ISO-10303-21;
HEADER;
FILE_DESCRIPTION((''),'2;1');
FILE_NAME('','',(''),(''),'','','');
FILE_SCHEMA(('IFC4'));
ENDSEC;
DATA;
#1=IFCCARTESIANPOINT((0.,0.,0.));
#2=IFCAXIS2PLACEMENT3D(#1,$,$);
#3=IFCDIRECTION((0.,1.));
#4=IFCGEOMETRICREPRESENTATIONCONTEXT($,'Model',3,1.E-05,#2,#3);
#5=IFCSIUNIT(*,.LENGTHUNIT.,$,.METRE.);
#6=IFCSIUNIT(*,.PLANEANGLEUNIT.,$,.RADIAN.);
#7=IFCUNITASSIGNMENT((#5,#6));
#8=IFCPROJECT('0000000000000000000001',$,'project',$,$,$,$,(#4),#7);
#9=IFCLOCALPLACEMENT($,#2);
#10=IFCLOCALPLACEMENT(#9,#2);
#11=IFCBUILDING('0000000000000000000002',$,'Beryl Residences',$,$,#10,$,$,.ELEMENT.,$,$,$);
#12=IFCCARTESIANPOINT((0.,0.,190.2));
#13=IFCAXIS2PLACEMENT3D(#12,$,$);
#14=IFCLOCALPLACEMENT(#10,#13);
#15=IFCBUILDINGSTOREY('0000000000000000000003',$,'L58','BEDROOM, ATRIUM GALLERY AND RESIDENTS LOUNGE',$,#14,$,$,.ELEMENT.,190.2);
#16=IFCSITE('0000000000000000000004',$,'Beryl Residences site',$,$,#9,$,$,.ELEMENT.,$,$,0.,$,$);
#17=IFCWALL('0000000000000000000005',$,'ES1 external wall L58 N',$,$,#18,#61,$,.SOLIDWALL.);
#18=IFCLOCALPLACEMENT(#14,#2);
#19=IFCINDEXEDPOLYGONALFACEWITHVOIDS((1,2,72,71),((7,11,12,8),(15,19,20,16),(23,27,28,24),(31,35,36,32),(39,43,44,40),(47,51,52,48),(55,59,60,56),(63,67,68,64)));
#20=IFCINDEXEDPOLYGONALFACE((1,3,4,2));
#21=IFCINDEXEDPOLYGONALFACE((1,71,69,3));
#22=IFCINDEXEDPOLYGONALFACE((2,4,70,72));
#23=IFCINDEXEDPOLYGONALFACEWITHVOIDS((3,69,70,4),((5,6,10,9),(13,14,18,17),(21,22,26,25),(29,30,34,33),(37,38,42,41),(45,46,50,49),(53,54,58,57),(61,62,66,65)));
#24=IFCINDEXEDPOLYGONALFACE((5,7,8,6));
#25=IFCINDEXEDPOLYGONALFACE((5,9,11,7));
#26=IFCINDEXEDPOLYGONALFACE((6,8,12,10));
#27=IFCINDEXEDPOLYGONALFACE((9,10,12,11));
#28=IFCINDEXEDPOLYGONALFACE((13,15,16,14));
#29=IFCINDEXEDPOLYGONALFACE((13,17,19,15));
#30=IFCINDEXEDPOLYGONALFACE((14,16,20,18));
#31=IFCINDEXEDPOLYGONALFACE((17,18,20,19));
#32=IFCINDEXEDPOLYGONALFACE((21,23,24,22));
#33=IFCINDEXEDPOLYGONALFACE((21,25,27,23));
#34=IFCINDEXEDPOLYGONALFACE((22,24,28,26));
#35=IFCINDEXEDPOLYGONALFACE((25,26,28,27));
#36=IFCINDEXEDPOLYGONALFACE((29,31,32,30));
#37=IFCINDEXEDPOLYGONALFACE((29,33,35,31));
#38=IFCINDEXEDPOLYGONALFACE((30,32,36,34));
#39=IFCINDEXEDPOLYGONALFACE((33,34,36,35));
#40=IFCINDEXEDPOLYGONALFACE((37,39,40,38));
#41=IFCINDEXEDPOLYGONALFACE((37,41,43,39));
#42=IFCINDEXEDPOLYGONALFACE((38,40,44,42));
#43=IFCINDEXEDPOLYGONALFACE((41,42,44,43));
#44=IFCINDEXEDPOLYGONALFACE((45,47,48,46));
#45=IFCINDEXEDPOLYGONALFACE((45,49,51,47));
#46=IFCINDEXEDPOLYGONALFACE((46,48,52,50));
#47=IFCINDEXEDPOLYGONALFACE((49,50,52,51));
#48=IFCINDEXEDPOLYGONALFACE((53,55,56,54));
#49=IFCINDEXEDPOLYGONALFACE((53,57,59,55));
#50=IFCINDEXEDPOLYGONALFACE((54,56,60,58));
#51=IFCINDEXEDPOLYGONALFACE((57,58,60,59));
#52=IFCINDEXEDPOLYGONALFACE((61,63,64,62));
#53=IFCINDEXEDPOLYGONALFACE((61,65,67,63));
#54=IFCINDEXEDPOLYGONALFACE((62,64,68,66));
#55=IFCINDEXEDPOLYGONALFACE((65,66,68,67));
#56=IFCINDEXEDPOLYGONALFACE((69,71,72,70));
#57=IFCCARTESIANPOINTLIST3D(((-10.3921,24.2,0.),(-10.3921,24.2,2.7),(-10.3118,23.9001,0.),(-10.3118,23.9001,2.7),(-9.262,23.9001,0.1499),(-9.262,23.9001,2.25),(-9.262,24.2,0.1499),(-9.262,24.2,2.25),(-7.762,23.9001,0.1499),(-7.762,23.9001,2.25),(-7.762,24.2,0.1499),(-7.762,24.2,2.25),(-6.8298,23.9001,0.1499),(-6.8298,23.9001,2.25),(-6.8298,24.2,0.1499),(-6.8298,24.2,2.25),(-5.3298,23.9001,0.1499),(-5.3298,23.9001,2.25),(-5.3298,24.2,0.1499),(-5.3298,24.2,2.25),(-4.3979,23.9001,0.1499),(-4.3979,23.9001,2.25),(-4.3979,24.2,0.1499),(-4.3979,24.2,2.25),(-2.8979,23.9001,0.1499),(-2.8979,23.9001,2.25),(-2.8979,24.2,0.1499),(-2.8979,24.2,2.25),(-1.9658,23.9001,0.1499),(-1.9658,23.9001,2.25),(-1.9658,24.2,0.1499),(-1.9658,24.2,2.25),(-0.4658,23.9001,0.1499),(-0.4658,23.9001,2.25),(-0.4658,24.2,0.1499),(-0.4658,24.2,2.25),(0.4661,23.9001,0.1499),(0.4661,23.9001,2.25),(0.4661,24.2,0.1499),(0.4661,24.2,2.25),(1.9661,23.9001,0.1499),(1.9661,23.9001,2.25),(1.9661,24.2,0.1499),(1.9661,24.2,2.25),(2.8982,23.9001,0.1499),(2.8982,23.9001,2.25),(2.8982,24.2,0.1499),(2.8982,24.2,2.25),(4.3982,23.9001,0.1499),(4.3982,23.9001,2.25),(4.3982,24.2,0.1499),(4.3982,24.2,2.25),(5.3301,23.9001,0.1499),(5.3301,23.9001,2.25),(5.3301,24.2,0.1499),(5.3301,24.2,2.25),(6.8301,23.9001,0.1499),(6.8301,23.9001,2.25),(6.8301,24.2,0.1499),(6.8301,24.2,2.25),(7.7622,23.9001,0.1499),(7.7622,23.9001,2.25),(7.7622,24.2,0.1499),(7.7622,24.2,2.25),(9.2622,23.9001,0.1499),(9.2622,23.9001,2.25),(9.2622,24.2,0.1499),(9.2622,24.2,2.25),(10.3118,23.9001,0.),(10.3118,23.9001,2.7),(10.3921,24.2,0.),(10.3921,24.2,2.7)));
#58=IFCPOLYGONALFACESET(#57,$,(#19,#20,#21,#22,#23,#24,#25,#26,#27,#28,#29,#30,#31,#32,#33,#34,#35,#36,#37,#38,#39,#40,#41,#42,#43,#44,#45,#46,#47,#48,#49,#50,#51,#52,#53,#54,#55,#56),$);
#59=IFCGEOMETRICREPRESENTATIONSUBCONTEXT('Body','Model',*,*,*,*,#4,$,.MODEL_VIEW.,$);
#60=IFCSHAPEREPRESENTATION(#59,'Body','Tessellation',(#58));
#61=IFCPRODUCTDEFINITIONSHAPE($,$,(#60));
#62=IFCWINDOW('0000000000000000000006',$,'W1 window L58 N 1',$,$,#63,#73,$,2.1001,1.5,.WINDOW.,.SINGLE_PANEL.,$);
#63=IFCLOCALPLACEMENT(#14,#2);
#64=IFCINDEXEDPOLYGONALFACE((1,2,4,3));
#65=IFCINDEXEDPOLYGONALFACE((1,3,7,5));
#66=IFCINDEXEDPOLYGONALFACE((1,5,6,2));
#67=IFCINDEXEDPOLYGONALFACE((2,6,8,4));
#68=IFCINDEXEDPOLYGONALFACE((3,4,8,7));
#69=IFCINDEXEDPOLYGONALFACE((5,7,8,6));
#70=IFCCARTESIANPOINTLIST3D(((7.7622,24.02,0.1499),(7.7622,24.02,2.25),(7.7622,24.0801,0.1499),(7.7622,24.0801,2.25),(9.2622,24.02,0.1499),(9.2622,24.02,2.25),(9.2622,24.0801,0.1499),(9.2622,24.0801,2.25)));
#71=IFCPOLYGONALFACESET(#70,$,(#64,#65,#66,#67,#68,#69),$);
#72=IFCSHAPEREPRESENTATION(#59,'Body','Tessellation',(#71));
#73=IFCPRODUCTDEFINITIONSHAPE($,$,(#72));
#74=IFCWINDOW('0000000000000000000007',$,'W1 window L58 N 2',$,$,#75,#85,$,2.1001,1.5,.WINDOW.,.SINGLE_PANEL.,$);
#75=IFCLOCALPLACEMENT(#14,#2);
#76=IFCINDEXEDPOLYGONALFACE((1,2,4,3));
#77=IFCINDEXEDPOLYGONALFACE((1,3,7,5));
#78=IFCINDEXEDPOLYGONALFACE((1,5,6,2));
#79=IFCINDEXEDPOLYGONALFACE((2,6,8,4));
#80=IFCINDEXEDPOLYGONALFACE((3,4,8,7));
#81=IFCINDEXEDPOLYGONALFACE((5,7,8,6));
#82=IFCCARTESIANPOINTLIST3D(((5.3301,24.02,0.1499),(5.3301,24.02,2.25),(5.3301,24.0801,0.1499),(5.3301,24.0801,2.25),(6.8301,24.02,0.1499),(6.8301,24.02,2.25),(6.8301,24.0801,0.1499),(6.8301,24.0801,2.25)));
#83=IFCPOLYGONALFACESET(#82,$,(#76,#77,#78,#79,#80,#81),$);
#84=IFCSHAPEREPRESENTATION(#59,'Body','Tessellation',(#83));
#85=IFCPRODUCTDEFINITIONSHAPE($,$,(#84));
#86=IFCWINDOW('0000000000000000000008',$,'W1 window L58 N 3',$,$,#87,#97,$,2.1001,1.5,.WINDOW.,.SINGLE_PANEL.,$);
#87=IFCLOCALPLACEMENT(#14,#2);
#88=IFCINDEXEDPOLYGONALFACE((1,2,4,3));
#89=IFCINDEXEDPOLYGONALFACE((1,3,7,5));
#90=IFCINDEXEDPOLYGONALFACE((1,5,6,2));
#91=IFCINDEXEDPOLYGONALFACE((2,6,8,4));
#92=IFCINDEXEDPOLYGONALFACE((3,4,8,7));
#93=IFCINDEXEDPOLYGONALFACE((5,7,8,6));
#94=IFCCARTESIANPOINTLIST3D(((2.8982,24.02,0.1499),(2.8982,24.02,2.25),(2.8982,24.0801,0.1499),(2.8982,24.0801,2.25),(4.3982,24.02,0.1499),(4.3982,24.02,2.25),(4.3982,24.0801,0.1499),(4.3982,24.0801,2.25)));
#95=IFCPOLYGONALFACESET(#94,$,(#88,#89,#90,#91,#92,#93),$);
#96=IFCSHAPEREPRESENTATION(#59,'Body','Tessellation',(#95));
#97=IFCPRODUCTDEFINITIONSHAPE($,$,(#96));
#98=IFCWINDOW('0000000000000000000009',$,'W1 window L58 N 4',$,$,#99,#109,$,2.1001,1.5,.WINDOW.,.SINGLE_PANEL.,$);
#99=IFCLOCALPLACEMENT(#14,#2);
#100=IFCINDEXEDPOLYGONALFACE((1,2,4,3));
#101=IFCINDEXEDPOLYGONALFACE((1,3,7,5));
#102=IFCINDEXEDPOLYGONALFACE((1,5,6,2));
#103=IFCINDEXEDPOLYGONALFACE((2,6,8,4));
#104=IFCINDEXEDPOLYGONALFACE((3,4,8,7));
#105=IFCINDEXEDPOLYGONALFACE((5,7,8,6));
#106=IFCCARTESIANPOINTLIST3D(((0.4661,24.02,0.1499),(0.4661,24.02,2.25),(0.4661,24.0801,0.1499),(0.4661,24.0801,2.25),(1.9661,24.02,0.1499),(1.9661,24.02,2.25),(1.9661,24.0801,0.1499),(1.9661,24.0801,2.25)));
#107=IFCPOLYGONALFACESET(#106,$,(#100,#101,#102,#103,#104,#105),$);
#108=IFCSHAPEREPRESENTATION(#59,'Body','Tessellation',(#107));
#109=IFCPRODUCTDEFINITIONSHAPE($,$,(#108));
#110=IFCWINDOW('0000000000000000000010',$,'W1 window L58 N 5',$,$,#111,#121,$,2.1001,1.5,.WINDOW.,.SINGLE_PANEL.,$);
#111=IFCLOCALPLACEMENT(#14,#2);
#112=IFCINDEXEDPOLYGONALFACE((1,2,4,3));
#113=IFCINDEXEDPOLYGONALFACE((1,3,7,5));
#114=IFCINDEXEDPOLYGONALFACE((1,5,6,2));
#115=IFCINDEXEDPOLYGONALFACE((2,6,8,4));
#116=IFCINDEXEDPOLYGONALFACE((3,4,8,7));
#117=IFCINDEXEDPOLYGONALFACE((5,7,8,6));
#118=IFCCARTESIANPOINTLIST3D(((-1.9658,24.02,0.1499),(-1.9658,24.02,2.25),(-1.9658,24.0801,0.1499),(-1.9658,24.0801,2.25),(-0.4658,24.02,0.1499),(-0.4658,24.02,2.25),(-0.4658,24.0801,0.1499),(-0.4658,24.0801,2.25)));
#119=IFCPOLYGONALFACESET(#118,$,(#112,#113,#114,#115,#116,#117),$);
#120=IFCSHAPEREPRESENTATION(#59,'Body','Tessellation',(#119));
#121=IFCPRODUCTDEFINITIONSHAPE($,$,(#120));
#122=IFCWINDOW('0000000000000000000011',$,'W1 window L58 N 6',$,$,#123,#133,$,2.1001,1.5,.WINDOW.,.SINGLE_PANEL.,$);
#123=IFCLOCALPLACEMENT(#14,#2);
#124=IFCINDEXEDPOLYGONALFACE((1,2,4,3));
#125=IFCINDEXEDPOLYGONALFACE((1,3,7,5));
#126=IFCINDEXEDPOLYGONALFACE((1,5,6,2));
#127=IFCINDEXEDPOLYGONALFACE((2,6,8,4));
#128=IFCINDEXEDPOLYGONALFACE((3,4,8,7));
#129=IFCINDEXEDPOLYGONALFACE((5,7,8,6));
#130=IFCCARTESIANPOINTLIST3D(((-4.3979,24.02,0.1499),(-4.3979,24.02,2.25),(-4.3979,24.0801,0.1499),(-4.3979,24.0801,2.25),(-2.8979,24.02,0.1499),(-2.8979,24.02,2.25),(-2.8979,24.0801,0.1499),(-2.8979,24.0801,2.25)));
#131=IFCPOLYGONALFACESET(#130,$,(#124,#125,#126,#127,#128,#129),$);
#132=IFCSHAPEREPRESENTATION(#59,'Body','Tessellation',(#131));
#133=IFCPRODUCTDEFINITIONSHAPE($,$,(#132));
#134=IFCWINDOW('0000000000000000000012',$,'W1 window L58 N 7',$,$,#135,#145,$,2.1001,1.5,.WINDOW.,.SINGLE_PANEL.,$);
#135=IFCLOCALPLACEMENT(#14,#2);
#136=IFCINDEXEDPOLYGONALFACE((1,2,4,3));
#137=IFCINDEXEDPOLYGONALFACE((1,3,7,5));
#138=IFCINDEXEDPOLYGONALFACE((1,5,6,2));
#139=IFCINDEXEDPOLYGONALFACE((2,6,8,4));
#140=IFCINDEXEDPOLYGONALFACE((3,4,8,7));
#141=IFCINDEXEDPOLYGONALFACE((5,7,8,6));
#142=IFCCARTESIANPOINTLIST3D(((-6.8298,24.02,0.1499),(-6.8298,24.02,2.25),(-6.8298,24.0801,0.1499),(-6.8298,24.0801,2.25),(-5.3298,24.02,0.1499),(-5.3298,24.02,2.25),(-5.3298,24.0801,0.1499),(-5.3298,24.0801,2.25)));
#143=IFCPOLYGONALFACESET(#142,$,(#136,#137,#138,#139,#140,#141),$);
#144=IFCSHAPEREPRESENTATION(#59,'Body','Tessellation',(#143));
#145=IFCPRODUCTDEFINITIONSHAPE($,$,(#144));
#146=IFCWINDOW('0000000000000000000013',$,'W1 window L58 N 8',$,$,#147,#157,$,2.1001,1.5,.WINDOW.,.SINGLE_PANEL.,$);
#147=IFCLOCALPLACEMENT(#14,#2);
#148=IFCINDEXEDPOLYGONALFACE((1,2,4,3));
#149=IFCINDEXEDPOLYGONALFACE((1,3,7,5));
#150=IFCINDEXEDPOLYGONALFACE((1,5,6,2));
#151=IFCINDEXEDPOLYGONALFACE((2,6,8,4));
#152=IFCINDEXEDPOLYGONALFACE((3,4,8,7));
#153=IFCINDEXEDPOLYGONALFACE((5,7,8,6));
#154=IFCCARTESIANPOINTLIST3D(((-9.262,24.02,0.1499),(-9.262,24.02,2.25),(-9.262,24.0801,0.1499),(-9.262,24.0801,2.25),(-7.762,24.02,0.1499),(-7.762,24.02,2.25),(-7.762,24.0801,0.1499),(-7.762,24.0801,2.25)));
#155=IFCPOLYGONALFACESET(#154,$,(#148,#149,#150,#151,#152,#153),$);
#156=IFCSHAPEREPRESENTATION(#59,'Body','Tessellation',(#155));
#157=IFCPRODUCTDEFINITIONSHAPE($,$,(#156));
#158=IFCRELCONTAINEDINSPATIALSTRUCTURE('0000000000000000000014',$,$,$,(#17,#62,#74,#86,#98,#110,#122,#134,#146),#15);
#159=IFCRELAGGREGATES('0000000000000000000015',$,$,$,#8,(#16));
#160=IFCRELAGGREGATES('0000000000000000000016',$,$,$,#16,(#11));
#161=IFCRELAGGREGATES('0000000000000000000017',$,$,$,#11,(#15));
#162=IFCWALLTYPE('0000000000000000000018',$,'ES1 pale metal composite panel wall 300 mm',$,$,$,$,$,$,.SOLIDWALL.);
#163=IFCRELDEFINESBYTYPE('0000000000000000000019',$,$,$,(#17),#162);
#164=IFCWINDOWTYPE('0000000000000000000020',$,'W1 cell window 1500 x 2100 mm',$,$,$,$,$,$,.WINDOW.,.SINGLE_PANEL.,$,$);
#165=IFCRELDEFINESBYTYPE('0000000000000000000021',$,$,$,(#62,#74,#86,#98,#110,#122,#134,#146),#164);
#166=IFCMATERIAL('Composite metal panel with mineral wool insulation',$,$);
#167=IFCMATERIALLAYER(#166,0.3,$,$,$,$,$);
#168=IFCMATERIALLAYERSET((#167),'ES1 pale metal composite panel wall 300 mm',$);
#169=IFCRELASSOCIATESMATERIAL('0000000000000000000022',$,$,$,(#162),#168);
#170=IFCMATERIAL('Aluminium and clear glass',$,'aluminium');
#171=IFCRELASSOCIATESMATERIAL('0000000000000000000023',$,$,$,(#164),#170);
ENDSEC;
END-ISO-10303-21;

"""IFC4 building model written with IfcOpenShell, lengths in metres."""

from ifc_helpers import new_model, si_unit, direction, frame, frame_2d, origin, place, context, subcontext, project, spatial, polyline, rectangle, outline, extrude, material, layer, layer_set, type_object, element, fill, save


model = new_model("IFC4")

# Units and contexts
model_context = context("Model", 3, precision=1e-05, world=origin(), true_north=direction((0.0, 1.0)))
body_context = subcontext(model_context, "Body", "Model", "MODEL_VIEW")
ifc_project = project(units=[si_unit("LENGTHUNIT", "METRE"), si_unit("PLANEANGLEUNIT", "RADIAN")], contexts=[model_context])

# Site, building, storey
site_placement = place(None, origin())
site = spatial("IfcSite", under=ifc_project, at=site_placement, Name="Beryl Residences site", CompositionType="ELEMENT", RefElevation=0.0)
building_placement = place(site_placement, origin())
building = spatial("IfcBuilding", under=site, at=building_placement, Name="Beryl Residences", CompositionType="ELEMENT")
storey_placement = place(building_placement, frame((0.0, 0.0, 190.2)))
storey = spatial("IfcBuildingStorey", under=building, at=storey_placement, Name="L58", Description="BEDROOM, ATRIUM GALLERY AND RESIDENTS LOUNGE", CompositionType="ELEMENT", Elevation=190.2)

# Wall, openings, windows
ifc_material_1 = material(Name="Composite metal panel with mineral wool insulation")
ifc_layer_1 = layer(ifc_material_1, 0.3)
ifc_layer_set_1 = layer_set([ifc_layer_1], Name="ES1 pale metal composite panel wall 300 mm")
wall_type_1 = type_object("IfcWallType", Name="ES1 pale metal composite panel wall 300 mm", PredefinedType="SOLIDWALL", material=ifc_layer_set_1)
wall_1_placement = place(storey_placement, frame((10.3921, 24.05, 0.0), z_axis=(0.0, 0.0, 1.0), x_axis=(-1.0, 0.0, 0.0)))
wall_1 = element("IfcWall", 1, at=wall_1_placement, inside=storey, type_object=wall_type_1, Name="ES1 external wall L58 N", PredefinedType="SOLIDWALL", context=body_context, shape_type="SweptSolid", body=[
    extrude(outline(polyline([(0.0, -0.1499), (20.7842, -0.1499), (20.7039, 0.1499), (0.0803, 0.1499), (0.0, -0.1499)])), origin(), (0.0, 0.0, 1.0), 2.7),
])
opening_1_placement = place(wall_1_placement, frame((1.1299, 0.0, 0.1499)))
opening_1 = element("IfcOpeningElement", 2, at=opening_1_placement, cuts=wall_1, PredefinedType="OPENING", context=body_context, shape_type="SweptSolid", body=[
    extrude(rectangle(XDim=1.5, YDim=2.1001, at=frame_2d((0.75, 1.05))), frame((0.0, 0.1599, 0.0), z_axis=(0.0, -1.0, 0.0), x_axis=(1.0, 0.0, 0.0)), (0.0, 0.0, 1.0), 0.3201),
])
opening_2_placement = place(wall_1_placement, frame((3.562, 0.0, 0.1499)))
opening_2 = element("IfcOpeningElement", 3, at=opening_2_placement, cuts=wall_1, PredefinedType="OPENING", context=body_context, shape_type="SweptSolid", body=[
    extrude(rectangle(XDim=1.5, YDim=2.1001, at=frame_2d((0.75, 1.05))), frame((0.0, 0.1599, 0.0), z_axis=(0.0, -1.0, 0.0), x_axis=(1.0, 0.0, 0.0)), (0.0, 0.0, 1.0), 0.3201),
])
opening_3_placement = place(wall_1_placement, frame((5.9939, 0.0, 0.1499)))
opening_3 = element("IfcOpeningElement", 4, at=opening_3_placement, cuts=wall_1, PredefinedType="OPENING", context=body_context, shape_type="SweptSolid", body=[
    extrude(rectangle(XDim=1.5, YDim=2.1001, at=frame_2d((0.75, 1.05))), frame((0.0, 0.1599, 0.0), z_axis=(0.0, -1.0, 0.0), x_axis=(1.0, 0.0, 0.0)), (0.0, 0.0, 1.0), 0.3201),
])
opening_4_placement = place(wall_1_placement, frame((8.426, 0.0, 0.1499)))
opening_4 = element("IfcOpeningElement", 5, at=opening_4_placement, cuts=wall_1, PredefinedType="OPENING", context=body_context, shape_type="SweptSolid", body=[
    extrude(rectangle(XDim=1.5, YDim=2.1001, at=frame_2d((0.75, 1.05))), frame((0.0, 0.1599, 0.0), z_axis=(0.0, -1.0, 0.0), x_axis=(1.0, 0.0, 0.0)), (0.0, 0.0, 1.0), 0.3201),
])
opening_5_placement = place(wall_1_placement, frame((10.8579, 0.0, 0.1499)))
opening_5 = element("IfcOpeningElement", 6, at=opening_5_placement, cuts=wall_1, PredefinedType="OPENING", context=body_context, shape_type="SweptSolid", body=[
    extrude(rectangle(XDim=1.5, YDim=2.1001, at=frame_2d((0.75, 1.05))), frame((0.0, 0.1599, 0.0), z_axis=(0.0, -1.0, 0.0), x_axis=(1.0, 0.0, 0.0)), (0.0, 0.0, 1.0), 0.3201),
])
opening_6_placement = place(wall_1_placement, frame((13.29, 0.0, 0.1499)))
opening_6 = element("IfcOpeningElement", 7, at=opening_6_placement, cuts=wall_1, PredefinedType="OPENING", context=body_context, shape_type="SweptSolid", body=[
    extrude(rectangle(XDim=1.5, YDim=2.1001, at=frame_2d((0.75, 1.05))), frame((0.0, 0.1599, 0.0), z_axis=(0.0, -1.0, 0.0), x_axis=(1.0, 0.0, 0.0)), (0.0, 0.0, 1.0), 0.3201),
])
opening_7_placement = place(wall_1_placement, frame((15.7219, 0.0, 0.1499)))
opening_7 = element("IfcOpeningElement", 8, at=opening_7_placement, cuts=wall_1, PredefinedType="OPENING", context=body_context, shape_type="SweptSolid", body=[
    extrude(rectangle(XDim=1.5, YDim=2.1001, at=frame_2d((0.75, 1.05))), frame((0.0, 0.1599, 0.0), z_axis=(0.0, -1.0, 0.0), x_axis=(1.0, 0.0, 0.0)), (0.0, 0.0, 1.0), 0.3201),
])
opening_8_placement = place(wall_1_placement, frame((18.1541, 0.0, 0.1499)))
opening_8 = element("IfcOpeningElement", 9, at=opening_8_placement, cuts=wall_1, PredefinedType="OPENING", context=body_context, shape_type="SweptSolid", body=[
    extrude(rectangle(XDim=1.5, YDim=2.1001, at=frame_2d((0.75, 1.05))), frame((0.0, 0.1599, 0.0), z_axis=(0.0, -1.0, 0.0), x_axis=(1.0, 0.0, 0.0)), (0.0, 0.0, 1.0), 0.3201),
])
ifc_material_2 = material(Name="Aluminium and clear glass", Category="aluminium")
window_type = type_object("IfcWindowType", Name="W1 cell window 1500 x 2100 mm", PartitioningType="SINGLE_PANEL", PredefinedType="WINDOW", material=ifc_material_2)
window_1_placement = place(opening_1_placement, origin())
window_1 = element("IfcWindow", 10, at=window_1_placement, inside=storey, type_object=window_type, Name="W1 window L58 N 1", OverallHeight=2.1001, OverallWidth=1.5, PartitioningType="SINGLE_PANEL", PredefinedType="WINDOW", context=body_context, shape_type="SweptSolid", body=[
    extrude(rectangle(XDim=1.5, YDim=2.1001, at=frame_2d((0.75, 1.05))), frame((0.0, 0.03, 0.0), z_axis=(0.0, -1.0, 0.0), x_axis=(1.0, 0.0, 0.0)), (0.0, 0.0, 1.0), 0.0601),
])
fill(opening_1, window_1)
window_2_placement = place(opening_2_placement, origin())
window_2 = element("IfcWindow", 11, at=window_2_placement, inside=storey, type_object=window_type, Name="W1 window L58 N 2", OverallHeight=2.1001, OverallWidth=1.5, PartitioningType="SINGLE_PANEL", PredefinedType="WINDOW", context=body_context, shape_type="SweptSolid", body=[
    extrude(rectangle(XDim=1.5, YDim=2.1001, at=frame_2d((0.75, 1.05))), frame((0.0, 0.03, 0.0), z_axis=(0.0, -1.0, 0.0), x_axis=(1.0, 0.0, 0.0)), (0.0, 0.0, 1.0), 0.0601),
])
fill(opening_2, window_2)
window_3_placement = place(opening_3_placement, origin())
window_3 = element("IfcWindow", 12, at=window_3_placement, inside=storey, type_object=window_type, Name="W1 window L58 N 3", OverallHeight=2.1001, OverallWidth=1.5, PartitioningType="SINGLE_PANEL", PredefinedType="WINDOW", context=body_context, shape_type="SweptSolid", body=[
    extrude(rectangle(XDim=1.5, YDim=2.1001, at=frame_2d((0.75, 1.05))), frame((0.0, 0.03, 0.0), z_axis=(0.0, -1.0, 0.0), x_axis=(1.0, 0.0, 0.0)), (0.0, 0.0, 1.0), 0.0601),
])
fill(opening_3, window_3)
window_4_placement = place(opening_4_placement, origin())
window_4 = element("IfcWindow", 13, at=window_4_placement, inside=storey, type_object=window_type, Name="W1 window L58 N 4", OverallHeight=2.1001, OverallWidth=1.5, PartitioningType="SINGLE_PANEL", PredefinedType="WINDOW", context=body_context, shape_type="SweptSolid", body=[
    extrude(rectangle(XDim=1.5, YDim=2.1001, at=frame_2d((0.75, 1.05))), frame((0.0, 0.03, 0.0), z_axis=(0.0, -1.0, 0.0), x_axis=(1.0, 0.0, 0.0)), (0.0, 0.0, 1.0), 0.0601),
])
fill(opening_4, window_4)
window_5_placement = place(opening_5_placement, origin())
window_5 = element("IfcWindow", 14, at=window_5_placement, inside=storey, type_object=window_type, Name="W1 window L58 N 5", OverallHeight=2.1001, OverallWidth=1.5, PartitioningType="SINGLE_PANEL", PredefinedType="WINDOW", context=body_context, shape_type="SweptSolid", body=[
    extrude(rectangle(XDim=1.5, YDim=2.1001, at=frame_2d((0.75, 1.05))), frame((0.0, 0.03, 0.0), z_axis=(0.0, -1.0, 0.0), x_axis=(1.0, 0.0, 0.0)), (0.0, 0.0, 1.0), 0.0601),
])
fill(opening_5, window_5)
window_6_placement = place(opening_6_placement, origin())
window_6 = element("IfcWindow", 15, at=window_6_placement, inside=storey, type_object=window_type, Name="W1 window L58 N 6", OverallHeight=2.1001, OverallWidth=1.5, PartitioningType="SINGLE_PANEL", PredefinedType="WINDOW", context=body_context, shape_type="SweptSolid", body=[
    extrude(rectangle(XDim=1.5, YDim=2.1001, at=frame_2d((0.75, 1.05))), frame((0.0, 0.03, 0.0), z_axis=(0.0, -1.0, 0.0), x_axis=(1.0, 0.0, 0.0)), (0.0, 0.0, 1.0), 0.0601),
])
fill(opening_6, window_6)
window_7_placement = place(opening_7_placement, origin())
window_7 = element("IfcWindow", 16, at=window_7_placement, inside=storey, type_object=window_type, Name="W1 window L58 N 7", OverallHeight=2.1001, OverallWidth=1.5, PartitioningType="SINGLE_PANEL", PredefinedType="WINDOW", context=body_context, shape_type="SweptSolid", body=[
    extrude(rectangle(XDim=1.5, YDim=2.1001, at=frame_2d((0.75, 1.05))), frame((0.0, 0.03, 0.0), z_axis=(0.0, -1.0, 0.0), x_axis=(1.0, 0.0, 0.0)), (0.0, 0.0, 1.0), 0.0601),
])
fill(opening_7, window_7)
window_8_placement = place(opening_8_placement, origin())
window_8 = element("IfcWindow", 17, at=window_8_placement, inside=storey, type_object=window_type, Name="W1 window L58 N 8", OverallHeight=2.1001, OverallWidth=1.5, PartitioningType="SINGLE_PANEL", PredefinedType="WINDOW", context=body_context, shape_type="SweptSolid", body=[
    extrude(rectangle(XDim=1.5, YDim=2.1001, at=frame_2d((0.75, 1.05))), frame((0.0, 0.03, 0.0), z_axis=(0.0, -1.0, 0.0), x_axis=(1.0, 0.0, 0.0)), (0.0, 0.0, 1.0), 0.0601),
])
fill(opening_8, window_8)

save(model, "model.ifc")
